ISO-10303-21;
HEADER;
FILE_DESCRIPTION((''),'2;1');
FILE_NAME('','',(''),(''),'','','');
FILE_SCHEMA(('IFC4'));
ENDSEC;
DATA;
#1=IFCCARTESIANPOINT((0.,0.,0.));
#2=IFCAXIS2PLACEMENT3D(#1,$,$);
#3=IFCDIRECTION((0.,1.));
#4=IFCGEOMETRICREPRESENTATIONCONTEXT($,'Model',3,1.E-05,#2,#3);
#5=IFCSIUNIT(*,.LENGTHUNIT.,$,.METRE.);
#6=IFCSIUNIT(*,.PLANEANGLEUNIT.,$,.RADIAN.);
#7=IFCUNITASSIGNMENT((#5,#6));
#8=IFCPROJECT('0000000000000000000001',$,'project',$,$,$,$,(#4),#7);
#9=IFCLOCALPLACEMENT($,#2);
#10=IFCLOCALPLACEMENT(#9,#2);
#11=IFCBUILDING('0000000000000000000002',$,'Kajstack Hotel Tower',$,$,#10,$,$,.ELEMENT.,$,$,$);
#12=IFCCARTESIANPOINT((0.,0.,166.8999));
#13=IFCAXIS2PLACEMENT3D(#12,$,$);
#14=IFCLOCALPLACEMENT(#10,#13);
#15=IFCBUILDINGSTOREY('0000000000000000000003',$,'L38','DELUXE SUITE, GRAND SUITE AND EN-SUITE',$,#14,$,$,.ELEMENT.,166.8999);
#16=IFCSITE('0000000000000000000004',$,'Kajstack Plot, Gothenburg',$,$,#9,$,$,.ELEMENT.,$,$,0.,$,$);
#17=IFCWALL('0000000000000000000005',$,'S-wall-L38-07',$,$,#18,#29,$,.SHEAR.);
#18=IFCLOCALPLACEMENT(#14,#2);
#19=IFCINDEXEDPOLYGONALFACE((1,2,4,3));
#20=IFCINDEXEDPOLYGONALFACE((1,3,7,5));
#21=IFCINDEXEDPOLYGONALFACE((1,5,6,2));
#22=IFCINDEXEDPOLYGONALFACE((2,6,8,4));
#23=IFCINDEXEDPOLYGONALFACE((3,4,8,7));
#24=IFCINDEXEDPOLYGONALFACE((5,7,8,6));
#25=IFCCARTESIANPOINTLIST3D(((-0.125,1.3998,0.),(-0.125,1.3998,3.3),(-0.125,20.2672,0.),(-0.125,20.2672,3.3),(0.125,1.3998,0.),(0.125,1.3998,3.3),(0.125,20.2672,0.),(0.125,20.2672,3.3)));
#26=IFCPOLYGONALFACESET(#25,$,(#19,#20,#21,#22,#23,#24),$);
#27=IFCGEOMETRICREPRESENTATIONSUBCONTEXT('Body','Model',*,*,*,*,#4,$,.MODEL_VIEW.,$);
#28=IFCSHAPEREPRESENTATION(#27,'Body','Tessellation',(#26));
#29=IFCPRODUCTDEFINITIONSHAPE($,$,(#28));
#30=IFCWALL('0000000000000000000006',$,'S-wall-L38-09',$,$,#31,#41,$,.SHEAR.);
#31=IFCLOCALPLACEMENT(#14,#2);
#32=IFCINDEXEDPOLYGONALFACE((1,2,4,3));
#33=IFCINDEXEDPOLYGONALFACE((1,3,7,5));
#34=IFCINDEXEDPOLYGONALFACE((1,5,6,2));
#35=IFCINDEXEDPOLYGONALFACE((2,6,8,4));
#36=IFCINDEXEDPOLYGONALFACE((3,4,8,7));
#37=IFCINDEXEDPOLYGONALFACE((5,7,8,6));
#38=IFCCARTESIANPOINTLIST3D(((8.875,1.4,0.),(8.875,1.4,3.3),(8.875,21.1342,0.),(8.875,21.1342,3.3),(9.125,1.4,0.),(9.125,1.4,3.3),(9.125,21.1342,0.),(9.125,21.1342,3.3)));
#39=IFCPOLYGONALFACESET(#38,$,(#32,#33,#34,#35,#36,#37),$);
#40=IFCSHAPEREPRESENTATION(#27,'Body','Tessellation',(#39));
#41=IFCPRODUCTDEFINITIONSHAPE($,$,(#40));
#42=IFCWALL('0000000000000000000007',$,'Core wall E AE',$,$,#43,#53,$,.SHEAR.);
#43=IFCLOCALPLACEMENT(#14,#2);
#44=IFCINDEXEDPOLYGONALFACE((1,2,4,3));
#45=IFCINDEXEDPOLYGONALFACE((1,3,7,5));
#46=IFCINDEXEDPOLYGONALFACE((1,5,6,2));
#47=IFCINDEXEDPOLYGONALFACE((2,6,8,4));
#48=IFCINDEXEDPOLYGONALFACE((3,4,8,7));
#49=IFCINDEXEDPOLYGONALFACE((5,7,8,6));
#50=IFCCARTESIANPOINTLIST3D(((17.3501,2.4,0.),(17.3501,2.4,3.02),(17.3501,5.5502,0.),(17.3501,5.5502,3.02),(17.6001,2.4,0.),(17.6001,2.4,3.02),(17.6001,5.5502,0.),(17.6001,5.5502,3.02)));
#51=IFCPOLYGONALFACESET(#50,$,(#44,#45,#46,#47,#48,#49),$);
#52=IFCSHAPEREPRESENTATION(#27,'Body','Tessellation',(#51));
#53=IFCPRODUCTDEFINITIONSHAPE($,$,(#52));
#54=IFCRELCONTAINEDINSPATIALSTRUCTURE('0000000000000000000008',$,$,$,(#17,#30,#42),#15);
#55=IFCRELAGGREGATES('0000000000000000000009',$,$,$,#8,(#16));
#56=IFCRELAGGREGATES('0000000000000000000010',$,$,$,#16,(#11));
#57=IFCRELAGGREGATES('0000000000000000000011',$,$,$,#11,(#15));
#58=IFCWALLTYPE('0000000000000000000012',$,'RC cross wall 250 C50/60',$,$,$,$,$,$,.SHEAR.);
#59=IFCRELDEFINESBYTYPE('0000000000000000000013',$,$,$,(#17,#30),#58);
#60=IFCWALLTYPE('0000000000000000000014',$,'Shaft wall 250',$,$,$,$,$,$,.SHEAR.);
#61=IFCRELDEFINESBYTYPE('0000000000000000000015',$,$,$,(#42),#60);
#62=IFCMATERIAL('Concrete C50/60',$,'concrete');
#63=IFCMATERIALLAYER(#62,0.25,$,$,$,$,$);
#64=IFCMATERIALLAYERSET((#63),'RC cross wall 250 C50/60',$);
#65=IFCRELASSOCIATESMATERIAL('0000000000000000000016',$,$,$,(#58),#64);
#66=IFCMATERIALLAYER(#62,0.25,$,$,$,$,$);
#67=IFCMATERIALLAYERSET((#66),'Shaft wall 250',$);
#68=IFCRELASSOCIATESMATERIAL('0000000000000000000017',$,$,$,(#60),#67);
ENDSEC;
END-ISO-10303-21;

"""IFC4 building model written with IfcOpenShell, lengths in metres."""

from ifc_helpers import new_model, si_unit, direction, frame, frame_2d, origin, place, context, subcontext, project, spatial, rectangle, extrude, material, layer, layer_set, type_object, element, save


model = new_model("IFC4")

# Units and contexts
model_context = context("Model", 3, precision=1e-05, world=origin(), true_north=direction((0.0, 1.0)))
body_context = subcontext(model_context, "Body", "Model", "MODEL_VIEW")
ifc_project = project(units=[si_unit("LENGTHUNIT", "METRE"), si_unit("PLANEANGLEUNIT", "RADIAN")], contexts=[model_context])

# Site, building, storey
site_placement = place(None, origin())
site = spatial("IfcSite", under=ifc_project, at=site_placement, Name="Kajstack Plot, Gothenburg", CompositionType="ELEMENT", RefElevation=0.0)
building_placement = place(site_placement, origin())
building = spatial("IfcBuilding", under=site, at=building_placement, Name="Kajstack Hotel Tower", CompositionType="ELEMENT")
storey_placement = place(building_placement, frame((0.0, 0.0, 166.8999)))
storey = spatial("IfcBuildingStorey", under=building, at=storey_placement, Name="L38", Description="DELUXE SUITE, GRAND SUITE AND EN-SUITE", CompositionType="ELEMENT", Elevation=166.8999)

# Walls
ifc_material_1 = material(Name="Concrete C50/60", Category="concrete")
ifc_layer_1 = layer(ifc_material_1, 0.25)
ifc_layer_set_1 = layer_set([ifc_layer_1], Name="RC cross wall 250 C50/60")
wall_type_1 = type_object("IfcWallType", Name="RC cross wall 250 C50/60", PredefinedType="SHEAR", material=ifc_layer_set_1)
wall_1_placement = place(storey_placement, frame((0.0, 1.3999, 0.0), z_axis=(0.0, 0.0, 1.0), x_axis=(0.0, 1.0, 0.0)))
element("IfcWall", 1, at=wall_1_placement, inside=storey, type_object=wall_type_1, Name="S-wall-L38-07", PredefinedType="SHEAR", context=body_context, shape_type="SweptSolid", body=[
    extrude(rectangle(XDim=18.8674, YDim=0.25, at=frame_2d((9.4336, 0.0))), origin(), (0.0, 0.0, 1.0), 3.3),
])
wall_2_placement = place(storey_placement, frame((9.0, 1.3999, 0.0), z_axis=(0.0, 0.0, 1.0), x_axis=(0.0, 1.0, 0.0)))
element("IfcWall", 2, at=wall_2_placement, inside=storey, type_object=wall_type_1, Name="S-wall-L38-09", PredefinedType="SHEAR", context=body_context, shape_type="SweptSolid", body=[
    extrude(rectangle(XDim=19.7341, YDim=0.25, at=frame_2d((9.8672, 0.0))), origin(), (0.0, 0.0, 1.0), 3.3),
])
ifc_layer_2 = layer(ifc_material_1, 0.25)
ifc_layer_set_2 = layer_set([ifc_layer_2], Name="Shaft wall 250")
wall_type_2 = type_object("IfcWallType", Name="Shaft wall 250", PredefinedType="SHEAR", material=ifc_layer_set_2)
wall_3_placement = place(storey_placement, frame((17.4751, 2.3999, 0.0), z_axis=(0.0, 0.0, 1.0), x_axis=(0.0, 1.0, 0.0)))
element("IfcWall", 3, at=wall_3_placement, inside=storey, type_object=wall_type_2, Name="Core wall E AE", PredefinedType="SHEAR", context=body_context, shape_type="SweptSolid", body=[
    extrude(rectangle(XDim=3.1501, YDim=0.25, at=frame_2d((1.5752, 0.0))), origin(), (0.0, 0.0, 1.0), 3.02),
])

save(model, "model.ifc")
